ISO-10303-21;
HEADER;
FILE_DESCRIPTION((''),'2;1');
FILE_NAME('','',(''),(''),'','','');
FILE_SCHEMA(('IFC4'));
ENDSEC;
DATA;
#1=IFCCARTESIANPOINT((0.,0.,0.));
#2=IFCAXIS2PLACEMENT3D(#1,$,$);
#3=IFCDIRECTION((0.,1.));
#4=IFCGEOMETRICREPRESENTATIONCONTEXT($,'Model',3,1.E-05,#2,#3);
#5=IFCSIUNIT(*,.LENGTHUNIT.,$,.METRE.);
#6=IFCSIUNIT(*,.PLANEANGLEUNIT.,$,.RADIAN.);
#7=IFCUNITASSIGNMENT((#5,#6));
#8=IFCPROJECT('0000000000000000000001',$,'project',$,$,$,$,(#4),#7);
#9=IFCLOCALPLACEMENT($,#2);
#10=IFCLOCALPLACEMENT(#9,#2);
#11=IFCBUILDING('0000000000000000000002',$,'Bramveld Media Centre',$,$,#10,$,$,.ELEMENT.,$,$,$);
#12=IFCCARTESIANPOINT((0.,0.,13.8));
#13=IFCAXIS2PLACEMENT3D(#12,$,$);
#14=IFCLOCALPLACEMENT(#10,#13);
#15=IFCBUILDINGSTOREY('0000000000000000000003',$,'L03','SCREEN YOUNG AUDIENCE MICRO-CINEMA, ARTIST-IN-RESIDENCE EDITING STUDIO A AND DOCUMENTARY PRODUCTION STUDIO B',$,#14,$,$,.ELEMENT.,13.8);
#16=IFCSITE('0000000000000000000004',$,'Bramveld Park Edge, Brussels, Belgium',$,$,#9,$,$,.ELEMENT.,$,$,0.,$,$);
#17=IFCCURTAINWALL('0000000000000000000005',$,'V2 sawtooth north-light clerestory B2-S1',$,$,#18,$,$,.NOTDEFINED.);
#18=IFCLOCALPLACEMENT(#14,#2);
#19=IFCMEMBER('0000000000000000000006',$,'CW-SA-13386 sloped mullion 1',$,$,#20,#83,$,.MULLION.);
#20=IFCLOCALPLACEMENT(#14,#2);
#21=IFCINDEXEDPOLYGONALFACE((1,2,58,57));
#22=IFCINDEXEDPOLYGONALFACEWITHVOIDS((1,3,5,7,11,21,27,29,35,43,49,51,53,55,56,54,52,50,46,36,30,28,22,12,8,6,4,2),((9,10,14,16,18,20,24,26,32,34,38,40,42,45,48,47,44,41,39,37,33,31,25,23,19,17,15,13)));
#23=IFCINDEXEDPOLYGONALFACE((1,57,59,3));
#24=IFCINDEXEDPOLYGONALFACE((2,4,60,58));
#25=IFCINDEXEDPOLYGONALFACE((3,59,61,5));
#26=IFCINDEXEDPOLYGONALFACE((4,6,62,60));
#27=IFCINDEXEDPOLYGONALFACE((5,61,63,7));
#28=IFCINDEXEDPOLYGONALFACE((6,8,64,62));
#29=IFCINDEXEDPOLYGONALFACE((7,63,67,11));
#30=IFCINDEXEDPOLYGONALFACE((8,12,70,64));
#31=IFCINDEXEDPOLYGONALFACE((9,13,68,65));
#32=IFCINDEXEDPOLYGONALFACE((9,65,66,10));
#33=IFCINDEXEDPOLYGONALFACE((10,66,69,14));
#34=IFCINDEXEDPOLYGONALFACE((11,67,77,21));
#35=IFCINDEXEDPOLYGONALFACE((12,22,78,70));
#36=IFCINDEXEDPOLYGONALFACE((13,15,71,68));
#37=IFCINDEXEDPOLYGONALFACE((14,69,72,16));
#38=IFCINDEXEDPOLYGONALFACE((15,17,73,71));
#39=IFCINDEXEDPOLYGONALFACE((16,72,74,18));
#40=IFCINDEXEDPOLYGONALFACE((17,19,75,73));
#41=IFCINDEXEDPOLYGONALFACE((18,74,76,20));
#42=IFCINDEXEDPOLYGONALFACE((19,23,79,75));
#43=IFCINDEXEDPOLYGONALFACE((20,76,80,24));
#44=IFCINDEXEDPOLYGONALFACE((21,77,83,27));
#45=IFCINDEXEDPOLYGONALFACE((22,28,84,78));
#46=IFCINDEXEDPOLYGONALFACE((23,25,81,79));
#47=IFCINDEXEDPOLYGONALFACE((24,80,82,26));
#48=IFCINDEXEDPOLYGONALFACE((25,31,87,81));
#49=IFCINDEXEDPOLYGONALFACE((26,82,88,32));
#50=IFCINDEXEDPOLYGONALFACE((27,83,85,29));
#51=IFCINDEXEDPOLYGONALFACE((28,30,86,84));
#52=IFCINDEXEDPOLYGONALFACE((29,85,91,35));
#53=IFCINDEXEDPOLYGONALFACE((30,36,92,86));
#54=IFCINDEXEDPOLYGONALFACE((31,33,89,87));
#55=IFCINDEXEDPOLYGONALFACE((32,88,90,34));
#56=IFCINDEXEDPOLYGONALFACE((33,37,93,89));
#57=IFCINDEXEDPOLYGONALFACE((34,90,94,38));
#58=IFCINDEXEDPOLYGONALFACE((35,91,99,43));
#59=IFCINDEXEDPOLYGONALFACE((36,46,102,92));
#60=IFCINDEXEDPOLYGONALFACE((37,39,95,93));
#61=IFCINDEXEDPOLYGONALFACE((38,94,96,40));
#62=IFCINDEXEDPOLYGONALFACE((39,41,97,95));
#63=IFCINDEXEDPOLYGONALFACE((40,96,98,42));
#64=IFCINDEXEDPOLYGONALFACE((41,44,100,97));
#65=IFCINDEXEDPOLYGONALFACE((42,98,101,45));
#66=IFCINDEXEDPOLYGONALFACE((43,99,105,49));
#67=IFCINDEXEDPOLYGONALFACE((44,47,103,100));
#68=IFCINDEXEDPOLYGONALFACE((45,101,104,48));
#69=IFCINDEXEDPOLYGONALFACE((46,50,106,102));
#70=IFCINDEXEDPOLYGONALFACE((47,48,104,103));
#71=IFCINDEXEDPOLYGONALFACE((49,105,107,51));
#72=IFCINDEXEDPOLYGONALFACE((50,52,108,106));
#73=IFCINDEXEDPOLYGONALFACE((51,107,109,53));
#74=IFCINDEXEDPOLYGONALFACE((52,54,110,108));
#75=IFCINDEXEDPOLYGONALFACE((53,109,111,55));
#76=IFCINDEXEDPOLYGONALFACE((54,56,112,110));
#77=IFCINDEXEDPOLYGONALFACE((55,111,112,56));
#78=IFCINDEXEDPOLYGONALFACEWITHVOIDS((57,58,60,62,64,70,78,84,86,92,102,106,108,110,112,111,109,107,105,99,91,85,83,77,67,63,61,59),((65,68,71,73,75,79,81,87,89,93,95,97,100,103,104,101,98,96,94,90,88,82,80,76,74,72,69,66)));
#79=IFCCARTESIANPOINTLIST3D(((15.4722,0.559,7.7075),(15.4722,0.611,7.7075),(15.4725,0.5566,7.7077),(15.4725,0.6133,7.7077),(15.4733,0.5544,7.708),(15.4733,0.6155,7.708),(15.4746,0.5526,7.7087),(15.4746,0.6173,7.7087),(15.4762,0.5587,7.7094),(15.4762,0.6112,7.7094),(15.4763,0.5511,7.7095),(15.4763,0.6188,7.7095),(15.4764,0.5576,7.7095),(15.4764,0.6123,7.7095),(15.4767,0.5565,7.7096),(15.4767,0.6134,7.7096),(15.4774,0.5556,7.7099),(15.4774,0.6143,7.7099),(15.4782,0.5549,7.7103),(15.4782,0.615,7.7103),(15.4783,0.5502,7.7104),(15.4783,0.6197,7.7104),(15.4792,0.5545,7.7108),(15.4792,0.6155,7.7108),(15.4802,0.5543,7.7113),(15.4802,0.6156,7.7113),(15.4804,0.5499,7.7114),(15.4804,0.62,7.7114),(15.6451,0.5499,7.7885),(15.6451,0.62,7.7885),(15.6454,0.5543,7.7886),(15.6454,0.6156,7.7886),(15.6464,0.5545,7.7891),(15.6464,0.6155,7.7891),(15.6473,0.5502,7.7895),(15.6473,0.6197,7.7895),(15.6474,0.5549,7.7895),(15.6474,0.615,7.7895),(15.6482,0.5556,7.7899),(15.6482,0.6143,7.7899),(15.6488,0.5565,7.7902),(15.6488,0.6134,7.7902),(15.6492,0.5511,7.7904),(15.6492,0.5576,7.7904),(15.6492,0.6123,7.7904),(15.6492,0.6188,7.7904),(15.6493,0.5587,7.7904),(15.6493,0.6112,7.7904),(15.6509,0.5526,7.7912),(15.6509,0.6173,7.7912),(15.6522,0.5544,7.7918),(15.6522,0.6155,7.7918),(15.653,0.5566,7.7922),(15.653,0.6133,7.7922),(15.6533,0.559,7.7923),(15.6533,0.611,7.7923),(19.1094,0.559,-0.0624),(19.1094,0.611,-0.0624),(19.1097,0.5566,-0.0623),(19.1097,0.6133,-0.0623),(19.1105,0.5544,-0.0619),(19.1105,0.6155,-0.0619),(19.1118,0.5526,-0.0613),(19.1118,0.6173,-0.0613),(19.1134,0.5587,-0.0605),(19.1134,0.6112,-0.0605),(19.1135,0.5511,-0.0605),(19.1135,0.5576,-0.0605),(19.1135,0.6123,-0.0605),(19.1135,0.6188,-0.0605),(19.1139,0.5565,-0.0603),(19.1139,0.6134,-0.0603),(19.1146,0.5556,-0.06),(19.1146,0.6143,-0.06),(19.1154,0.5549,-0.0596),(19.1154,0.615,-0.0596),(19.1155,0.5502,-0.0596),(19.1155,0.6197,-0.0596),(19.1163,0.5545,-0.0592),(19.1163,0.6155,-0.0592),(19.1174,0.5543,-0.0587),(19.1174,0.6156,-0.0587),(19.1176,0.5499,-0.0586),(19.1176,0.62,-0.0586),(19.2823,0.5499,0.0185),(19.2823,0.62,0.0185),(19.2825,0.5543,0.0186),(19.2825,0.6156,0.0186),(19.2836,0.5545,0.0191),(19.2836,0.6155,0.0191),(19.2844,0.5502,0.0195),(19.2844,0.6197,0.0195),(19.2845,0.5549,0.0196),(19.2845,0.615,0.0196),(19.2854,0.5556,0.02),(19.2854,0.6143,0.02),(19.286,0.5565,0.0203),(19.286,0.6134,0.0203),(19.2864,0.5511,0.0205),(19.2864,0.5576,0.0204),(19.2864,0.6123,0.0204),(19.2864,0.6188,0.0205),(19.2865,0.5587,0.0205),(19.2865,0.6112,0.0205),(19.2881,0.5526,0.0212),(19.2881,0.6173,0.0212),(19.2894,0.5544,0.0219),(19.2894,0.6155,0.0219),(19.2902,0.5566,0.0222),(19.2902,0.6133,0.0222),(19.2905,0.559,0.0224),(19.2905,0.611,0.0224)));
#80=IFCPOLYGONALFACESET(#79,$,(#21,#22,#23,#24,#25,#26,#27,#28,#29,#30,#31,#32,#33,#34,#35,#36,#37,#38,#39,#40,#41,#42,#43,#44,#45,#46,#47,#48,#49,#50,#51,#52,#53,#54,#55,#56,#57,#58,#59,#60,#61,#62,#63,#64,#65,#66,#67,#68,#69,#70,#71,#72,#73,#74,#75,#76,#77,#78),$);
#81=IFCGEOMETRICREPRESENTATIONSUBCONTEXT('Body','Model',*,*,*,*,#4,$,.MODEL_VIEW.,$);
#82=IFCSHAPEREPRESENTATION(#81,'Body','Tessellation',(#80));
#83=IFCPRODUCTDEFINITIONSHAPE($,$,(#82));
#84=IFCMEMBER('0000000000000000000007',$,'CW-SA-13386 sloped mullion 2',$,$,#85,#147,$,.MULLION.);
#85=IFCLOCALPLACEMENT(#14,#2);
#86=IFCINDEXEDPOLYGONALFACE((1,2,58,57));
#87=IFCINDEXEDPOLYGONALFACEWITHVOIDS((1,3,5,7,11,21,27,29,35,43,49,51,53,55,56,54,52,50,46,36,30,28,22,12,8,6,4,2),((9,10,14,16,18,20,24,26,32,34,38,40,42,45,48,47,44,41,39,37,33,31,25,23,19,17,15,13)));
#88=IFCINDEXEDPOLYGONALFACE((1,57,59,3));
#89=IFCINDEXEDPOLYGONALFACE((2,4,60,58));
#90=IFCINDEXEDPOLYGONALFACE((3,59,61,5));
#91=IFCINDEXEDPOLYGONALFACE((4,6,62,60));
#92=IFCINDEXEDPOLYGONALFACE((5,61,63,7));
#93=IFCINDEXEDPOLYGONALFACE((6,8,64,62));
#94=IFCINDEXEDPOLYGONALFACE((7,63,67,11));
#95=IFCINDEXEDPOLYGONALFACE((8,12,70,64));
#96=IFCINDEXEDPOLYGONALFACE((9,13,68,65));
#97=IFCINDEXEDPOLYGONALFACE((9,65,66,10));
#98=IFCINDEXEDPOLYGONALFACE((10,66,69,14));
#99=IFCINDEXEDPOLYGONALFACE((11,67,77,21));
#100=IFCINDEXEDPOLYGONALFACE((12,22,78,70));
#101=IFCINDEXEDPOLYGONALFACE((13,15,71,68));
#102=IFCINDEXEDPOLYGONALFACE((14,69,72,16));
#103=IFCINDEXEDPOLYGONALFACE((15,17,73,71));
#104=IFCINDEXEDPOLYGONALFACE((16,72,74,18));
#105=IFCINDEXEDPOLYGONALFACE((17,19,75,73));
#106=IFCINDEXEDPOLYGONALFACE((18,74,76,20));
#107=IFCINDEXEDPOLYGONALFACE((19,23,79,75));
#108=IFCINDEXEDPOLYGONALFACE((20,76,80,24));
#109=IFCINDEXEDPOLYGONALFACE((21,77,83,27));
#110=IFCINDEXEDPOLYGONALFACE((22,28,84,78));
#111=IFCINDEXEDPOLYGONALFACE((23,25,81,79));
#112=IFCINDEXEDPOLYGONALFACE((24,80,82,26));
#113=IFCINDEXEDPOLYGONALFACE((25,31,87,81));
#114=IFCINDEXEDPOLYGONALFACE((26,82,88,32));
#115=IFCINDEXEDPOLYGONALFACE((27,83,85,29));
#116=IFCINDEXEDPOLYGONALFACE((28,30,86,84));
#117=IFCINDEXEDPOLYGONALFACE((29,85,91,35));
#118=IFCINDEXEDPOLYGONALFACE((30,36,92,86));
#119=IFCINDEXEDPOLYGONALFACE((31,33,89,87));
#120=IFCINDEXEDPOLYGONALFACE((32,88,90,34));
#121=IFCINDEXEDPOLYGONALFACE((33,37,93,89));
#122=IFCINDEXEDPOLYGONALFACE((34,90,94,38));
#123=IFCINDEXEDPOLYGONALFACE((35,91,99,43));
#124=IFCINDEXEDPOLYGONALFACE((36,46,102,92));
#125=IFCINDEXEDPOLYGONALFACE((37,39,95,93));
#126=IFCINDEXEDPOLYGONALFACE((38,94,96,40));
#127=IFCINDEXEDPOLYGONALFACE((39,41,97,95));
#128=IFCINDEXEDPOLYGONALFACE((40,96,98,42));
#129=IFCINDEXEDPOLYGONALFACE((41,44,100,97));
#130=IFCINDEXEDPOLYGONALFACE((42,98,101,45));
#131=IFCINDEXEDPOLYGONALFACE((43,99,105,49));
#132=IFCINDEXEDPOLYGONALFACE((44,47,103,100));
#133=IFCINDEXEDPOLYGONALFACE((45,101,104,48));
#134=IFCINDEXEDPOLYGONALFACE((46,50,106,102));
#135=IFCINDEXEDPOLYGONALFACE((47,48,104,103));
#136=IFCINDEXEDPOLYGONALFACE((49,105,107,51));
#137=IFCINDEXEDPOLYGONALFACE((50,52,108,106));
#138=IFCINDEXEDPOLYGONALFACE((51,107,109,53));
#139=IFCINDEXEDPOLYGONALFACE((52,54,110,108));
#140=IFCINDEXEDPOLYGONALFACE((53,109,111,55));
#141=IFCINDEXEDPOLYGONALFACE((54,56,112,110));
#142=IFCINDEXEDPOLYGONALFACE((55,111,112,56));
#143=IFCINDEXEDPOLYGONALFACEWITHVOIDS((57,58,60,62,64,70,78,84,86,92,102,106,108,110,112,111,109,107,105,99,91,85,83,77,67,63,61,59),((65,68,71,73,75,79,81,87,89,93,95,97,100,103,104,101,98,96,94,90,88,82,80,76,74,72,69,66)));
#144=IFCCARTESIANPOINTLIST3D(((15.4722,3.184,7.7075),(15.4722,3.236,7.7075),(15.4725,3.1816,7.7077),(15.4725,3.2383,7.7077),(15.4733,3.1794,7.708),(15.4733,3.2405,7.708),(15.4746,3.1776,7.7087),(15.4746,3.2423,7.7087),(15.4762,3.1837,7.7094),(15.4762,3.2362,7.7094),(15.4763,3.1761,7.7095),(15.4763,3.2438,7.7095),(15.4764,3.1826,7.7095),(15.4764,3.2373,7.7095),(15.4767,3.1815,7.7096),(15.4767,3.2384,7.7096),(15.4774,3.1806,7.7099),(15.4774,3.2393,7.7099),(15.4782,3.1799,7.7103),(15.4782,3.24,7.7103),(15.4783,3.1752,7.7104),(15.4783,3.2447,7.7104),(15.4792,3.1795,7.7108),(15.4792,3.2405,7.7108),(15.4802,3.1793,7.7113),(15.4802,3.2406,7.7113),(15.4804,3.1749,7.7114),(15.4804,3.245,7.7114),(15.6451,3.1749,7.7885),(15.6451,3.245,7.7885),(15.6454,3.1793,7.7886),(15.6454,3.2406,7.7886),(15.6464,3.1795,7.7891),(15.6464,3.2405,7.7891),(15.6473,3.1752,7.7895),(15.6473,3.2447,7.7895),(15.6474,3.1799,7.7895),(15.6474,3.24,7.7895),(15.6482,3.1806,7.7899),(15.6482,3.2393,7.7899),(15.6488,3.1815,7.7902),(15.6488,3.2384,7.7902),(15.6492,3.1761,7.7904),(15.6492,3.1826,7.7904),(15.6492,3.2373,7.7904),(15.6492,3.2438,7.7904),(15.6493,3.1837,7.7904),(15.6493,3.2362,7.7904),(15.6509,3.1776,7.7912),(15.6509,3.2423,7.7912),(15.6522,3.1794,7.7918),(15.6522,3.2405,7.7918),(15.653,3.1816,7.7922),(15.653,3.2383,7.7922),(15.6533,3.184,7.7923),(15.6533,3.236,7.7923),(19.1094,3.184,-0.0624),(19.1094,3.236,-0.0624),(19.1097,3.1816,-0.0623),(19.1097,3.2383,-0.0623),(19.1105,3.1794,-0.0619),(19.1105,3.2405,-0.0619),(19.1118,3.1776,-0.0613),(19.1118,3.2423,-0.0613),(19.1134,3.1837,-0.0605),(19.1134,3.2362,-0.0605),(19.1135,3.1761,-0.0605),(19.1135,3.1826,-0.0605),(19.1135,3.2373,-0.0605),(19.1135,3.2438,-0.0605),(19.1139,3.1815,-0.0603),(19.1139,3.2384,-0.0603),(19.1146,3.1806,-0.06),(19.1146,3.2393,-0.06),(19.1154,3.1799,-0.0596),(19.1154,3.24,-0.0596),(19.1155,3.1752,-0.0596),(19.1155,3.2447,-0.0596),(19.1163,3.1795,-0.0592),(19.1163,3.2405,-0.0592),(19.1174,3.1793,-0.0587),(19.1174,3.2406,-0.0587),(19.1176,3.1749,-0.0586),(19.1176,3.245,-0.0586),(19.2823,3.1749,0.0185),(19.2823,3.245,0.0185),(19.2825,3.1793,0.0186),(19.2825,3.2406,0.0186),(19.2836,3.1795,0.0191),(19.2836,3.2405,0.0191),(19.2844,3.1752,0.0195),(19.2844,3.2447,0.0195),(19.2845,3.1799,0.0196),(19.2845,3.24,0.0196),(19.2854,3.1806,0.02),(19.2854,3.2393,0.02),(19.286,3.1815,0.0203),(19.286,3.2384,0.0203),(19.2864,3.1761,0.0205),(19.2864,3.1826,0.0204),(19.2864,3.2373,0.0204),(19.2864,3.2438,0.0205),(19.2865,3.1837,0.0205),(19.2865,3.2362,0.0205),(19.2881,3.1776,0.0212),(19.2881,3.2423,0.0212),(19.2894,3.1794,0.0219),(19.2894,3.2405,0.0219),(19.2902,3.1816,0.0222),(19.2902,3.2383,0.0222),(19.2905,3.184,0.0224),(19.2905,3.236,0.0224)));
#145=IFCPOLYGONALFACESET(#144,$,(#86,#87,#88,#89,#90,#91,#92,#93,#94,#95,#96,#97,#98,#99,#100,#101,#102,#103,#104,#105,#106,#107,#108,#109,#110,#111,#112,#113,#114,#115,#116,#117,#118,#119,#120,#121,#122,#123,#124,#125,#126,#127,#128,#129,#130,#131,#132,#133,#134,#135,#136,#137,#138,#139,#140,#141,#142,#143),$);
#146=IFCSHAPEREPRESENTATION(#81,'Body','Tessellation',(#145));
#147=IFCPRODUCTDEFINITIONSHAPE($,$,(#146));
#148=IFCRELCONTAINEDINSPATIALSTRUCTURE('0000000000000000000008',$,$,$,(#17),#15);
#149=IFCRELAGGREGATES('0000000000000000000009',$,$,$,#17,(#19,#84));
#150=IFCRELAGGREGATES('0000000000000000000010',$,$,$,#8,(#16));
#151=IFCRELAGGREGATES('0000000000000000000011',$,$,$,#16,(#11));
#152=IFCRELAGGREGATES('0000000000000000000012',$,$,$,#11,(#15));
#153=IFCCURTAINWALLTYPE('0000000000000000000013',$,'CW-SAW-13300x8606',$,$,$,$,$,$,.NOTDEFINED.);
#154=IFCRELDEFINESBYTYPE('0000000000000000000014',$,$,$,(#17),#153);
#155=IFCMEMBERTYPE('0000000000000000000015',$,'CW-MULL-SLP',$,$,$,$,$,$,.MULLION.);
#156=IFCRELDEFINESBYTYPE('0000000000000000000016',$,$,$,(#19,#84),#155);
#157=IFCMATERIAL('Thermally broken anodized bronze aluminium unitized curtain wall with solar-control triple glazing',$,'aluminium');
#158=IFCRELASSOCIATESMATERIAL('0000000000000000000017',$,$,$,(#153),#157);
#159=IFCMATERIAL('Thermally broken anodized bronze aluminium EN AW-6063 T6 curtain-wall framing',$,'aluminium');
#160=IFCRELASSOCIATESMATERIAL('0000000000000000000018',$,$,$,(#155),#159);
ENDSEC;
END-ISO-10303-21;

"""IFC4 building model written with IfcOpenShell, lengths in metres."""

from ifc_helpers import new_model, si_unit, direction, frame, origin, origin_2d, place, context, subcontext, project, spatial, hollow_rectangle, extrude, material, material_profile, profile_set, type_object, element, aggregate, save


model = new_model("IFC4")

# Units and contexts
model_context = context("Model", 3, precision=1e-05, world=origin(), true_north=direction((0.0, 1.0)))
body_context = subcontext(model_context, "Body", "Model", "MODEL_VIEW")
ifc_project = project(units=[si_unit("LENGTHUNIT", "METRE"), si_unit("PLANEANGLEUNIT", "RADIAN")], contexts=[model_context])

# Site, building, storey
site_placement = place(None, origin())
site = spatial("IfcSite", under=ifc_project, at=site_placement, Name="Bramveld Park Edge, Brussels, Belgium", CompositionType="ELEMENT", RefElevation=0.0)
building_placement = place(site_placement, origin())
building = spatial("IfcBuilding", under=site, at=building_placement, Name="Bramveld Media Centre", CompositionType="ELEMENT")
storey_placement = place(building_placement, frame((0.0, 0.0, 13.8)))
storey = spatial("IfcBuildingStorey", under=building, at=storey_placement, Name="L03", Description="SCREEN YOUNG AUDIENCE MICRO-CINEMA, ARTIST-IN-RESIDENCE EDITING STUDIO A AND DOCUMENTARY PRODUCTION STUDIO B", CompositionType="ELEMENT", Elevation=13.8)

# Curtain wall, members
ifc_material_1 = material(Name="Thermally broken anodized bronze aluminium unitized curtain wall with solar-control triple glazing", Category="aluminium")
curtain_wall_type = type_object("IfcCurtainWallType", Name="CW-SAW-13300x8606", PredefinedType="NOTDEFINED", material=ifc_material_1)
curtain_wall_placement = place(storey_placement, origin())
curtain_wall = element("IfcCurtainWall", 1, at=curtain_wall_placement, inside=storey, type_object=curtain_wall_type, Name="V2 sawtooth north-light clerestory B2-S1", PredefinedType="NOTDEFINED")
ifc_material_2 = material(Name="Thermally broken anodized bronze aluminium EN AW-6063 T6 curtain-wall framing", Category="aluminium")
ifc_material_profile_1 = material_profile(ifc_material_2, hollow_rectangle(XDim=0.0701, YDim=0.2, WallThickness=0.0044, InnerFilletRadius=0.0044, OuterFilletRadius=0.009, at=origin_2d()), Name="AL-MULL 70x200")
ifc_profile_set_1 = profile_set([ifc_material_profile_1], Name="Thermally broken anodized bronze aluminium EN AW-6063 T6 curtain-wall framing")
member_type_1 = type_object("IfcMemberType", Name="CW-MULL-SLP", PredefinedType="MULLION", material=ifc_profile_set_1)
member_1_placement = place(storey_placement, frame((19.2, 0.585, -0.02), z_axis=(-0.423957, 0.0, 0.905682), x_axis=(0.0, -1.0, 0.0)))
member_1 = element("IfcMember", 2, at=member_1_placement, type_object=member_type_1, Name="CW-SA-13386 sloped mullion 1", PredefinedType="MULLION", context=body_context, shape_type="SweptSolid", body=[
    extrude(hollow_rectangle(XDim=0.0701, YDim=0.2, WallThickness=0.0044, InnerFilletRadius=0.0044, OuterFilletRadius=0.009, at=origin_2d()), origin(), (0.0, 0.0, 1.0), 8.5791),
])
member_2_placement = place(storey_placement, frame((19.2, 3.21, -0.02), z_axis=(-0.423957, 0.0, 0.905682), x_axis=(0.0, -1.0, 0.0)))
member_2 = element("IfcMember", 3, at=member_2_placement, type_object=member_type_1, Name="CW-SA-13386 sloped mullion 2", PredefinedType="MULLION", context=body_context, shape_type="SweptSolid", body=[
    extrude(hollow_rectangle(XDim=0.0701, YDim=0.2, WallThickness=0.0044, InnerFilletRadius=0.0044, OuterFilletRadius=0.009, at=origin_2d()), origin(), (0.0, 0.0, 1.0), 8.5791),
])

aggregate(curtain_wall, [member_1, member_2])

save(model, "model.ifc")
